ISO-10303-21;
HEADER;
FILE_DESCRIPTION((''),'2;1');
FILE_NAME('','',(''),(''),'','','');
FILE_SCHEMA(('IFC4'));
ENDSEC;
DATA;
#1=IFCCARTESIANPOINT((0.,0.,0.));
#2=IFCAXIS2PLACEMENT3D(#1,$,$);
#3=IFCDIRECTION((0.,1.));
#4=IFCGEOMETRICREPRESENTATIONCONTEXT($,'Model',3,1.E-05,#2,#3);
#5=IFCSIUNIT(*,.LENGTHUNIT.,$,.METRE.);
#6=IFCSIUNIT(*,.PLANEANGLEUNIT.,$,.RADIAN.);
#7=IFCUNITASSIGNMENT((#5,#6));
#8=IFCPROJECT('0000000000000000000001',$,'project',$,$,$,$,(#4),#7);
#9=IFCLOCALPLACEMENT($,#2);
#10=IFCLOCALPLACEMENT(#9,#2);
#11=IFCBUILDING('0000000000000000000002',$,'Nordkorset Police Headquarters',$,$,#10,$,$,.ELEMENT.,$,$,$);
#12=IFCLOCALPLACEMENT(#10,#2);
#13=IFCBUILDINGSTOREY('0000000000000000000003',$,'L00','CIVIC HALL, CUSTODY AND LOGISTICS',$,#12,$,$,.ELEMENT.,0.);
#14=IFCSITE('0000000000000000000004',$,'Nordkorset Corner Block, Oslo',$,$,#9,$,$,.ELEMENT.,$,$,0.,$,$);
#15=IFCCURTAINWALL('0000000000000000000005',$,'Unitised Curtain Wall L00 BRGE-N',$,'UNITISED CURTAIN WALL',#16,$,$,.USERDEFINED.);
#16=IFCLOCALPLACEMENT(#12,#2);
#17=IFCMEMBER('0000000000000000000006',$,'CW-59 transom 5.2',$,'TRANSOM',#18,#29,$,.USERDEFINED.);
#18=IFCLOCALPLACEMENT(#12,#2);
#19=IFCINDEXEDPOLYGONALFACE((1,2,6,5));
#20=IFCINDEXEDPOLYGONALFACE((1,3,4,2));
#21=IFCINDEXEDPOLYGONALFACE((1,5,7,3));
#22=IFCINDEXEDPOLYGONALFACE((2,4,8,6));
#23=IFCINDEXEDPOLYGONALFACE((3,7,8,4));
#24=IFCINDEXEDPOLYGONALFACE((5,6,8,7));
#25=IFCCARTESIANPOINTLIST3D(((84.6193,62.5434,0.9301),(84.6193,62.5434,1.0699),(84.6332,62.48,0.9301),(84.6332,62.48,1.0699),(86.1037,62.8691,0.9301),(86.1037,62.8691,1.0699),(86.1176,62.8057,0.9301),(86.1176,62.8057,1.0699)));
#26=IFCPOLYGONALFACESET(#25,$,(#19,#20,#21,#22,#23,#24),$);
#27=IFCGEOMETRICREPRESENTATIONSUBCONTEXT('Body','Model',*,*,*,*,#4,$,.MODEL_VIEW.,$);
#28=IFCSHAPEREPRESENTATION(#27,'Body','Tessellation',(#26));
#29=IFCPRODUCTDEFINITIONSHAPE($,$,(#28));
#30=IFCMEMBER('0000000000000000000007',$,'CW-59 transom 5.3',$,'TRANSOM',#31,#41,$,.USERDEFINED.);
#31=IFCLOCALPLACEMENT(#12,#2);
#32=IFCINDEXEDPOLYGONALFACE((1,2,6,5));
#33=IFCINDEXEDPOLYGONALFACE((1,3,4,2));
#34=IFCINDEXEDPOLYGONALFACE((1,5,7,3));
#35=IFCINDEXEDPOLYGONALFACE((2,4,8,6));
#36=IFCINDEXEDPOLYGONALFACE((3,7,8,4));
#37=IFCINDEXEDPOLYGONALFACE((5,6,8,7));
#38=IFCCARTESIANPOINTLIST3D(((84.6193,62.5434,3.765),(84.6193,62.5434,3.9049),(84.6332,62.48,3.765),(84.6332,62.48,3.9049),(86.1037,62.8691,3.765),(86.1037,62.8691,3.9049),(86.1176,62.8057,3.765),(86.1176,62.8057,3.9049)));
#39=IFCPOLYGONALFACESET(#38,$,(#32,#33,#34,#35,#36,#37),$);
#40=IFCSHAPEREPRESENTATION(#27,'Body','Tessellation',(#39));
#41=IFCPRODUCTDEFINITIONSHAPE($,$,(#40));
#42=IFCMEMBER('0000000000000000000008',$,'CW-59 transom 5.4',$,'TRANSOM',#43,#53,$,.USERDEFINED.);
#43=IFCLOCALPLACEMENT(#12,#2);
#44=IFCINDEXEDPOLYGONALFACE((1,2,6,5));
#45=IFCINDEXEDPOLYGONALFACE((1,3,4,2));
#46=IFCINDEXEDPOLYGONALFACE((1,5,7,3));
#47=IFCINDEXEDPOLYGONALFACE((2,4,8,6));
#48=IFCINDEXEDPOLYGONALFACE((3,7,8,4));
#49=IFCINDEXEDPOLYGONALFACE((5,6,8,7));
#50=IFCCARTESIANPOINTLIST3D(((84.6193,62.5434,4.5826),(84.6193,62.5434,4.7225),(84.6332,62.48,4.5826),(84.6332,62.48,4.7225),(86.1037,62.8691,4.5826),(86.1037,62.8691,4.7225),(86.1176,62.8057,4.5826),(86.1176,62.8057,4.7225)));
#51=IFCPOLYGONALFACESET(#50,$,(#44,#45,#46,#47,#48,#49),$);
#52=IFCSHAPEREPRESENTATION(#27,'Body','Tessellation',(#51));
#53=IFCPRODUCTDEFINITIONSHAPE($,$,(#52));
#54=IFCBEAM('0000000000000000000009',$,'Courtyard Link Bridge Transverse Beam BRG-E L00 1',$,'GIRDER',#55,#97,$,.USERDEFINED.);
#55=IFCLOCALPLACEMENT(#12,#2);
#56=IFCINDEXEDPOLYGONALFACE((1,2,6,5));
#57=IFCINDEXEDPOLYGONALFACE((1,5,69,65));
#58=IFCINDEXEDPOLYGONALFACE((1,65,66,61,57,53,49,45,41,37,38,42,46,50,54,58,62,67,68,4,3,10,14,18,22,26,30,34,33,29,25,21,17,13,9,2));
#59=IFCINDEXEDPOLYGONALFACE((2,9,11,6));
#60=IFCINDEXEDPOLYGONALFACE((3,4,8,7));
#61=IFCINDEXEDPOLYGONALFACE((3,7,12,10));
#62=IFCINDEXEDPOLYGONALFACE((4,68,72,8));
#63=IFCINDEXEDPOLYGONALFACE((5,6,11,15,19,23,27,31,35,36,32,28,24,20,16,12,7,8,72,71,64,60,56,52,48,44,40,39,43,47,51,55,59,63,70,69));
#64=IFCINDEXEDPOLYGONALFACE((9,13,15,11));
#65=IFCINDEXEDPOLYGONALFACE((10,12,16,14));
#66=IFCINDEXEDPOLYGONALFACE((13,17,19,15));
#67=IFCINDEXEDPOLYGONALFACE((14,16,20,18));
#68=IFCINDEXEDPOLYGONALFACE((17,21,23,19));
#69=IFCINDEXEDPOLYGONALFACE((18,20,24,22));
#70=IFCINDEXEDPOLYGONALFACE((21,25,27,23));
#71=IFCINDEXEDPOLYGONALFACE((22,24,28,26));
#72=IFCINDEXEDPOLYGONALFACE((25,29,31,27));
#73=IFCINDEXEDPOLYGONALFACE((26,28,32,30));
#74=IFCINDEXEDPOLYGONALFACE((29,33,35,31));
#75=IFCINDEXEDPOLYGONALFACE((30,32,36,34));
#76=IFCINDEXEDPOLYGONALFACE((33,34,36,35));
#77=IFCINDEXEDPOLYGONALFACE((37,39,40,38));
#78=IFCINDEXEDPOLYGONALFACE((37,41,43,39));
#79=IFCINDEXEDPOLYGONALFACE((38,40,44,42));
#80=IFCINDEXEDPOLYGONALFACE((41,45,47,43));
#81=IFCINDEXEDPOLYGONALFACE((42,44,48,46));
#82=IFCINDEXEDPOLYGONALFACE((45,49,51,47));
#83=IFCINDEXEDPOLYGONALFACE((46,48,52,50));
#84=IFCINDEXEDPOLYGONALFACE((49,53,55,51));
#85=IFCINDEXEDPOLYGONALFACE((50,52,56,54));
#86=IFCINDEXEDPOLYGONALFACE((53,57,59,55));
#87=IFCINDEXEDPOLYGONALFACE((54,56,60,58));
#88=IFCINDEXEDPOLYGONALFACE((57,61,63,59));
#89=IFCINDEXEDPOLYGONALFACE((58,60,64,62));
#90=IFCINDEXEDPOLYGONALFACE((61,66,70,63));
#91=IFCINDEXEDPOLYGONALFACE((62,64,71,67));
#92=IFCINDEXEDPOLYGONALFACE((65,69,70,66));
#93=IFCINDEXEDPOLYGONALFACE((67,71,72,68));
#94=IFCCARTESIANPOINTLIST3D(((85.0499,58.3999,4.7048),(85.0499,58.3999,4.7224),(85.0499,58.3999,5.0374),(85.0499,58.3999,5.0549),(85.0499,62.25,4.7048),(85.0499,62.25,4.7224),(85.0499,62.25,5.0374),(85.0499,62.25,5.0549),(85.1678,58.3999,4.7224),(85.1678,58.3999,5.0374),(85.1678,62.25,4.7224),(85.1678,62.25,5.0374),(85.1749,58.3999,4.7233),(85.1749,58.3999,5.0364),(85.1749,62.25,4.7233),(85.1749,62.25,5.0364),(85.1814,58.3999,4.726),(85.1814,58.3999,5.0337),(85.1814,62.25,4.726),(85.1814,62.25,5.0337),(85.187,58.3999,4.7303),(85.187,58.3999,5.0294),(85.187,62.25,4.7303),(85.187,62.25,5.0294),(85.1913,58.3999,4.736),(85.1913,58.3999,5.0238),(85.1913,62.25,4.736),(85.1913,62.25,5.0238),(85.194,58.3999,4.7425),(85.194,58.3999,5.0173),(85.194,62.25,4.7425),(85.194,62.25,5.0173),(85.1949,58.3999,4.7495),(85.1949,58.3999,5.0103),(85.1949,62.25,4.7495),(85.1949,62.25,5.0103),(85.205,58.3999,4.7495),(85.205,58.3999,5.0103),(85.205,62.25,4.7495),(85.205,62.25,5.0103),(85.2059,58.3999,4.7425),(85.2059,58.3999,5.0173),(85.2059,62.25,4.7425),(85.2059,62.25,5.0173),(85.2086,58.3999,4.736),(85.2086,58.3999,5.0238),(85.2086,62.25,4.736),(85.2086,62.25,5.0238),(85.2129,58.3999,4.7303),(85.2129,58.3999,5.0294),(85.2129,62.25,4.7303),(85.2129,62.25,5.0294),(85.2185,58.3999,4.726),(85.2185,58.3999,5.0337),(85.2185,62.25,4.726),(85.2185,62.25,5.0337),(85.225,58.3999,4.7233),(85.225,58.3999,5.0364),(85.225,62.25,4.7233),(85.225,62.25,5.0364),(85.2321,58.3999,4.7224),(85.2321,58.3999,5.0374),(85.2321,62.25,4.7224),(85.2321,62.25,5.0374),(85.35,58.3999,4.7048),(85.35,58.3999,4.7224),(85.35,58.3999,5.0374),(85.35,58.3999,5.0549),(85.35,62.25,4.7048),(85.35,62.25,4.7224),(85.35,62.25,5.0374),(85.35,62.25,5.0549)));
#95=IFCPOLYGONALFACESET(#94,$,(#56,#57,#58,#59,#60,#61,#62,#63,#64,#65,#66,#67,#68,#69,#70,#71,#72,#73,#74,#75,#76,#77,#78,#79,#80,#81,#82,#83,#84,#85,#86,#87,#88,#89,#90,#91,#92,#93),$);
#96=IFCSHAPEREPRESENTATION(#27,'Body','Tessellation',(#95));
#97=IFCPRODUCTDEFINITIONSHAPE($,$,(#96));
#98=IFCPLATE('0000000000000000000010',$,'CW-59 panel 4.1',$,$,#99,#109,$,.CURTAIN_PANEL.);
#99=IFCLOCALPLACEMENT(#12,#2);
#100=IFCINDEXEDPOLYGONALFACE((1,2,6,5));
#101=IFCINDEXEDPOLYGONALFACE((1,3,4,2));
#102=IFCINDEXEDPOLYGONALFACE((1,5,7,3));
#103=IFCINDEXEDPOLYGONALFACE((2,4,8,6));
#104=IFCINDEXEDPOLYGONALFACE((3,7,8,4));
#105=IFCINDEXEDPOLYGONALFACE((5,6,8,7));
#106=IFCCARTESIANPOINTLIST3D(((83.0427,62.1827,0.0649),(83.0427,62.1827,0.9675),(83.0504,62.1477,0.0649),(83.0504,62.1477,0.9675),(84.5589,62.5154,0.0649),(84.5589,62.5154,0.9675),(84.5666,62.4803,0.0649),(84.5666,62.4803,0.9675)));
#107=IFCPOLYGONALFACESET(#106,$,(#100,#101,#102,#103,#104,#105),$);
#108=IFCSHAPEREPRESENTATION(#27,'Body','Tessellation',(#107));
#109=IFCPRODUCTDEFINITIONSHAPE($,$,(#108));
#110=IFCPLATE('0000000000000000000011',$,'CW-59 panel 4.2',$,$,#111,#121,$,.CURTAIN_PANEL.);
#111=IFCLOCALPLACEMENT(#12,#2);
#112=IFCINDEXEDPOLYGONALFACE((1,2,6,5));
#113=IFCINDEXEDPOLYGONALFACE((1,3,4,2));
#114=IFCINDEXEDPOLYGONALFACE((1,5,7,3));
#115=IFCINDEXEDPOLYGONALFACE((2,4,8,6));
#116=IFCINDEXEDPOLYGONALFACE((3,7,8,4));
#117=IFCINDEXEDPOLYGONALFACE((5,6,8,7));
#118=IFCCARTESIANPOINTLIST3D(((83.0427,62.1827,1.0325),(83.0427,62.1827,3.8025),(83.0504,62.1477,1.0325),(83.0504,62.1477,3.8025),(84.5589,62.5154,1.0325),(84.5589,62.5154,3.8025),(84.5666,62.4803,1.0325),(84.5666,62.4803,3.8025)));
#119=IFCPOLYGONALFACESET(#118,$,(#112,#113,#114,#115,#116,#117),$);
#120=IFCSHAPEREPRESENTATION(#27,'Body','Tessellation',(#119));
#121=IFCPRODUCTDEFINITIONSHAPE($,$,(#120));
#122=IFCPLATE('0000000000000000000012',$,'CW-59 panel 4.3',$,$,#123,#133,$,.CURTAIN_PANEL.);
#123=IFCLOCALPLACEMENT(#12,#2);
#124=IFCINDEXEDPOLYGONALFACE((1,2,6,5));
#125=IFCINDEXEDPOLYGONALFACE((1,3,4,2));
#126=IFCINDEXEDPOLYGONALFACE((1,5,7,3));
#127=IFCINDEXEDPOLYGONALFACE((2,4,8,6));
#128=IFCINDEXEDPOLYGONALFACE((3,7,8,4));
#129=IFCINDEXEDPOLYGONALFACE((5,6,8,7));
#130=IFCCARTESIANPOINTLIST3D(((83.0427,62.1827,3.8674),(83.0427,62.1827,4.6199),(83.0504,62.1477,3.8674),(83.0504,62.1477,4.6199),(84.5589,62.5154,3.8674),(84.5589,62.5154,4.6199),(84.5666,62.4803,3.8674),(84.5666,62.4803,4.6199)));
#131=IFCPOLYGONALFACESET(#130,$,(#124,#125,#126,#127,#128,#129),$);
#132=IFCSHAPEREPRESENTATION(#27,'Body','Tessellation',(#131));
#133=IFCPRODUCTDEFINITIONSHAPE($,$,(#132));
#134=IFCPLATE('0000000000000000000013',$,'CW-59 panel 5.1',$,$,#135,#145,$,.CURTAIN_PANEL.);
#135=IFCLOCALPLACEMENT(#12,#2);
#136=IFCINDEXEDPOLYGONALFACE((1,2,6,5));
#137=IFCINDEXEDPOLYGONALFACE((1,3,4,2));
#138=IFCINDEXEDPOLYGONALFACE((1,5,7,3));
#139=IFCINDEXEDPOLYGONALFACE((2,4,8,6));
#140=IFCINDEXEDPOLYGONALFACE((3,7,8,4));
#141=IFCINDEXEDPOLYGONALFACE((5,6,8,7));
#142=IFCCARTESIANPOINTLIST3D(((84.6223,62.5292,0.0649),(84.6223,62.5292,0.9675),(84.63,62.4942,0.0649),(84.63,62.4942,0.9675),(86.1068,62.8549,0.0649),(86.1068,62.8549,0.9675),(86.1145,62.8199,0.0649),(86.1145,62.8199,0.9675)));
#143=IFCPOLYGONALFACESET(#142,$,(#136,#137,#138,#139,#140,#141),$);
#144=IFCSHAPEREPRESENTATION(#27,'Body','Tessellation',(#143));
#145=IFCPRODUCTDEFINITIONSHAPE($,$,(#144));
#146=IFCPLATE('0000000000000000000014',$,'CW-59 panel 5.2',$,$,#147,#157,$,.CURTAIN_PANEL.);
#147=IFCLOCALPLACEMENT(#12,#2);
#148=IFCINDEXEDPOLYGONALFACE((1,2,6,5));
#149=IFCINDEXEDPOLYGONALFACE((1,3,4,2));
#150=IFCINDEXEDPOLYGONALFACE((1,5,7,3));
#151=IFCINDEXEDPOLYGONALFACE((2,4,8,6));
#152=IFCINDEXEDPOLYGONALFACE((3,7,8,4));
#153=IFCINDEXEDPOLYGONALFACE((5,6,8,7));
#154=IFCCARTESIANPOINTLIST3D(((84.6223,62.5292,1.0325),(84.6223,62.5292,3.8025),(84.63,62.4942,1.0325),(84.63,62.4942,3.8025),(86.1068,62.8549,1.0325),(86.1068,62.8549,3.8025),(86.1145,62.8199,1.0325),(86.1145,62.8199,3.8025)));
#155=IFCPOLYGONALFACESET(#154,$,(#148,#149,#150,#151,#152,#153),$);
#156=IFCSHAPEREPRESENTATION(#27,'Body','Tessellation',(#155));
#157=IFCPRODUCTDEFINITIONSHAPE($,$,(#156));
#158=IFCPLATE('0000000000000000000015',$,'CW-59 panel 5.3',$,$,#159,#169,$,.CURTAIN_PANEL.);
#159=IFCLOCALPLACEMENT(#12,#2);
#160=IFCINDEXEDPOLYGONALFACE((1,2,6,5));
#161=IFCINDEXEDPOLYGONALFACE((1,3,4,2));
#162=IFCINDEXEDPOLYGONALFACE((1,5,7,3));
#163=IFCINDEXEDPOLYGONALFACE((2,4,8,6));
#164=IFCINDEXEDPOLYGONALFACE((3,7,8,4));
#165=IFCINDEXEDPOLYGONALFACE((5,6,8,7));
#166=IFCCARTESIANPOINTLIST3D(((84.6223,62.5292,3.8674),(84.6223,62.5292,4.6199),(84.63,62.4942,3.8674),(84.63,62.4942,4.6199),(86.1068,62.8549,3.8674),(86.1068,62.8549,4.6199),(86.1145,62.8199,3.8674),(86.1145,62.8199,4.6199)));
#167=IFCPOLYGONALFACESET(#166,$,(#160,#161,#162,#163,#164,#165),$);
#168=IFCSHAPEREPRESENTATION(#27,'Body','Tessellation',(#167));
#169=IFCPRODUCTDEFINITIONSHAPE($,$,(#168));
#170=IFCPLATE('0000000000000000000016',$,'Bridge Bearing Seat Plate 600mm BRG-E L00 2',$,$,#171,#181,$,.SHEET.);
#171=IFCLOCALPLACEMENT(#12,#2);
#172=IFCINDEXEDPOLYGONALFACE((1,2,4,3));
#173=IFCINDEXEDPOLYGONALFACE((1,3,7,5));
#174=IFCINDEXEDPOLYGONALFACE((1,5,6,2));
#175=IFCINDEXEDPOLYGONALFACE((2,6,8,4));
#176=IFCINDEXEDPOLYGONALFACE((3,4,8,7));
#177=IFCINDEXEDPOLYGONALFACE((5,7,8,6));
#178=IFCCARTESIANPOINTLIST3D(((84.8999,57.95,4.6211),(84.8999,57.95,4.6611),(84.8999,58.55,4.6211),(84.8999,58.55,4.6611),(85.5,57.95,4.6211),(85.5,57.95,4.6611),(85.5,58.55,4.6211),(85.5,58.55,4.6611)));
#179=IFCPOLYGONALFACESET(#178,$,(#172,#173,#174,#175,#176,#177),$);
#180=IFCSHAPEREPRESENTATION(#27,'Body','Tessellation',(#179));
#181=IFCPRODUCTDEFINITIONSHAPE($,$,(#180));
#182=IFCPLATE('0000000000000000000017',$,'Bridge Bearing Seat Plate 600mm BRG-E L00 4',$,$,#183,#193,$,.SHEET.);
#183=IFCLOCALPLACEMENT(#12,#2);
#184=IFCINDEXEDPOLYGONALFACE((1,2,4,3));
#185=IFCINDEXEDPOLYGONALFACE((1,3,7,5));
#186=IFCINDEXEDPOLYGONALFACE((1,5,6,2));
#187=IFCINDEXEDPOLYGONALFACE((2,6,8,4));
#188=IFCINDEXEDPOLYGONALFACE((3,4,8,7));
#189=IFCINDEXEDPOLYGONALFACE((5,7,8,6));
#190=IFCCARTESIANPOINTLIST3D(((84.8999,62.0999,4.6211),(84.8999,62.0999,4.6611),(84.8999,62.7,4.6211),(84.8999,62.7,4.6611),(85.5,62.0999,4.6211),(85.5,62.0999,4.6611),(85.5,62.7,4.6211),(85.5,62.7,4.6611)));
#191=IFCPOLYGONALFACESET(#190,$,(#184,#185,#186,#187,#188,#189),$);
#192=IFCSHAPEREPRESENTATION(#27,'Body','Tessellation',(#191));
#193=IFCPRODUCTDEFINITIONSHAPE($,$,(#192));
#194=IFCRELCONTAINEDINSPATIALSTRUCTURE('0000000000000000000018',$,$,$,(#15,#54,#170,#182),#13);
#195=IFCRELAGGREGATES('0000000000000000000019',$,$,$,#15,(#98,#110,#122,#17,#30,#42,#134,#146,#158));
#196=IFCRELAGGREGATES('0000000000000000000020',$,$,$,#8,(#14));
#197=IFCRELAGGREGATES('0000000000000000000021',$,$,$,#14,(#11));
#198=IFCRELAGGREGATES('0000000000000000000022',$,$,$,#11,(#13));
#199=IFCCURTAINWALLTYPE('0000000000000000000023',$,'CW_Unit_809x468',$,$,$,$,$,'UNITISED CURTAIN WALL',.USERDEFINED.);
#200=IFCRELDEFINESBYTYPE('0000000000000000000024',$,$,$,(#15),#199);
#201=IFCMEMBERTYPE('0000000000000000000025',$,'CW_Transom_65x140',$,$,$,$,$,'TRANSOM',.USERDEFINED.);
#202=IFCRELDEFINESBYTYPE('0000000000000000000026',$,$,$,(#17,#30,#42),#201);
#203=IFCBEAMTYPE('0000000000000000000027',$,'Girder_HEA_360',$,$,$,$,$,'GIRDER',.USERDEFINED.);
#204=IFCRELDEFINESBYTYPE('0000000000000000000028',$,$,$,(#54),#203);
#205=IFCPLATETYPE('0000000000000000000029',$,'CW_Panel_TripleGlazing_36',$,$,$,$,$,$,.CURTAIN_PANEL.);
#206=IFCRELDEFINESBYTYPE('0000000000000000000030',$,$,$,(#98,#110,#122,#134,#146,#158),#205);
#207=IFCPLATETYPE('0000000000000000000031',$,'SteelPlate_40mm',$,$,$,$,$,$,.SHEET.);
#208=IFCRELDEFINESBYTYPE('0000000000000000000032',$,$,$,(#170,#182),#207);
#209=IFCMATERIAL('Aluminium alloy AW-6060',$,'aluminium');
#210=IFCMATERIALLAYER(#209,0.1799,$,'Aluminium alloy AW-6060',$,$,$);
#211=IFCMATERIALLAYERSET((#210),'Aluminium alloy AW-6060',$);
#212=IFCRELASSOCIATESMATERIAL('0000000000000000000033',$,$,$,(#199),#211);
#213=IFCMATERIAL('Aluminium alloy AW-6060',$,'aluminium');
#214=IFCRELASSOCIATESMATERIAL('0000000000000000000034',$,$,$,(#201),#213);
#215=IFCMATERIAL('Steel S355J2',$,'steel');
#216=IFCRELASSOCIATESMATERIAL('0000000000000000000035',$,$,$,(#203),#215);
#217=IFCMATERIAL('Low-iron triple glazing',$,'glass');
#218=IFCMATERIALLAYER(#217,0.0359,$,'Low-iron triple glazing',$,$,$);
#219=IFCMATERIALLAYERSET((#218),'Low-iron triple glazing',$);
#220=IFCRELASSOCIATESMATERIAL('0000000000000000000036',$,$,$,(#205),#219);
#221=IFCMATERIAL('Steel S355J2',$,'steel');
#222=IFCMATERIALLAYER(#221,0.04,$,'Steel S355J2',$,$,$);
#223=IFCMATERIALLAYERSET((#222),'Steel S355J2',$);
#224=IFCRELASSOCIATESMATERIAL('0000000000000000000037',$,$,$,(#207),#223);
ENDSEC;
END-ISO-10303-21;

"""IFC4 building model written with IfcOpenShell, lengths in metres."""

from ifc_helpers import new_model, si_unit, direction, frame, origin, origin_2d, place, context, subcontext, project, spatial, rectangle, i_section, extrude, material, layer, layer_set, material_profile, profile_set, type_object, element, aggregate, save


model = new_model("IFC4")

# Units and contexts
model_context = context("Model", 3, precision=1e-05, world=origin(), true_north=direction((0.0, 1.0)))
body_context = subcontext(model_context, "Body", "Model", "MODEL_VIEW")
ifc_project = project(units=[si_unit("LENGTHUNIT", "METRE"), si_unit("PLANEANGLEUNIT", "RADIAN")], contexts=[model_context])

# Site, building, storey
site_placement = place(None, origin())
site = spatial("IfcSite", under=ifc_project, at=site_placement, Name="Nordkorset Corner Block, Oslo", CompositionType="ELEMENT", RefElevation=0.0)
building_placement = place(site_placement, origin())
building = spatial("IfcBuilding", under=site, at=building_placement, Name="Nordkorset Police Headquarters", CompositionType="ELEMENT")
storey_placement = place(building_placement, origin())
storey = spatial("IfcBuildingStorey", under=building, at=storey_placement, Name="L00", Description="CIVIC HALL, CUSTODY AND LOGISTICS", CompositionType="ELEMENT", Elevation=0.0)

# Curtain wall, members
ifc_material_1 = material(Name="Aluminium alloy AW-6060", Category="aluminium")
ifc_layer_1 = layer(ifc_material_1, 0.1799, Name="Aluminium alloy AW-6060")
ifc_layer_set_1 = layer_set([ifc_layer_1], Name="Aluminium alloy AW-6060")
curtain_wall_type = type_object("IfcCurtainWallType", Name="CW_Unit_809x468", ElementType="UNITISED CURTAIN WALL", PredefinedType="USERDEFINED", material=ifc_layer_set_1)
curtain_wall_placement = place(storey_placement, origin())
curtain_wall = element("IfcCurtainWall", 1, at=curtain_wall_placement, inside=storey, type_object=curtain_wall_type, Name="Unitised Curtain Wall L00 BRGE-N", ObjectType="UNITISED CURTAIN WALL", PredefinedType="USERDEFINED")
ifc_material_2 = material(Name="Aluminium alloy AW-6060", Category="aluminium")
ifc_material_profile_1 = material_profile(ifc_material_2, rectangle(XDim=0.0649, YDim=0.1399, at=origin_2d()), Name="ALU TRAN 65x140")
ifc_profile_set_1 = profile_set([ifc_material_profile_1], Name="Aluminium alloy AW-6060")
member_type_1 = type_object("IfcMemberType", Name="CW_Transom_65x140", ElementType="TRANSOM", PredefinedType="USERDEFINED", material=ifc_profile_set_1)
member_1_placement = place(storey_placement, frame((84.6262, 62.5117, 1.0), z_axis=(0.976766, 0.21431, 0.0), x_axis=(-0.21431, 0.976766, 0.0)))
member_1 = element("IfcMember", 2, at=member_1_placement, type_object=member_type_1, Name="CW-59 transom 5.2", ObjectType="TRANSOM", PredefinedType="USERDEFINED", context=body_context, shape_type="SweptSolid", body=[
    extrude(rectangle(XDim=0.0649, YDim=0.1399, at=origin_2d()), origin(), (0.0, 0.0, 1.0), 1.5198),
])
member_2_placement = place(storey_placement, frame((84.6262, 62.5117, 3.835), z_axis=(0.976766, 0.21431, 0.0), x_axis=(-0.21431, 0.976766, 0.0)))
member_2 = element("IfcMember", 3, at=member_2_placement, type_object=member_type_1, Name="CW-59 transom 5.3", ObjectType="TRANSOM", PredefinedType="USERDEFINED", context=body_context, shape_type="SweptSolid", body=[
    extrude(rectangle(XDim=0.0649, YDim=0.1399, at=origin_2d()), origin(), (0.0, 0.0, 1.0), 1.5198),
])
member_3_placement = place(storey_placement, frame((84.6262, 62.5117, 4.6526), z_axis=(0.976766, 0.21431, 0.0), x_axis=(-0.21431, 0.976766, 0.0)))
member_3 = element("IfcMember", 4, at=member_3_placement, type_object=member_type_1, Name="CW-59 transom 5.4", ObjectType="TRANSOM", PredefinedType="USERDEFINED", context=body_context, shape_type="SweptSolid", body=[
    extrude(rectangle(XDim=0.0649, YDim=0.1399, at=origin_2d()), origin(), (0.0, 0.0, 1.0), 1.5198),
])

# Beam
ifc_material_3 = material(Name="Steel S355J2", Category="steel")
ifc_material_profile_2 = material_profile(ifc_material_3, i_section(OverallWidth=0.3, OverallDepth=0.3501, WebThickness=0.01, FlangeThickness=0.0176, FilletRadius=0.0271, at=origin_2d()), Name="HEA 360")
ifc_profile_set_2 = profile_set([ifc_material_profile_2], Name="Steel S355J2")
beam_type = type_object("IfcBeamType", Name="Girder_HEA_360", ElementType="GIRDER", PredefinedType="USERDEFINED", material=ifc_profile_set_2)
beam_placement = place(storey_placement, frame((85.2, 58.3999, 4.8799), z_axis=(0.0, 1.0, 0.0), x_axis=(-1.0, 0.0, 0.0)))
element("IfcBeam", 5, at=beam_placement, inside=storey, type_object=beam_type, Name="Courtyard Link Bridge Transverse Beam BRG-E L00 1", ObjectType="GIRDER", PredefinedType="USERDEFINED", context=body_context, shape_type="SweptSolid", body=[
    extrude(i_section(OverallWidth=0.3, OverallDepth=0.3501, WebThickness=0.01, FlangeThickness=0.0176, FilletRadius=0.0271, at=origin_2d()), origin(), (0.0, 0.0, 1.0), 3.8501),
])

# Plates
ifc_material_4 = material(Name="Low-iron triple glazing", Category="glass")
ifc_layer_2 = layer(ifc_material_4, 0.0359, Name="Low-iron triple glazing")
ifc_layer_set_2 = layer_set([ifc_layer_2], Name="Low-iron triple glazing")
plate_type_1 = type_object("IfcPlateType", Name="CW_Panel_TripleGlazing_36", PredefinedType="CURTAIN_PANEL", material=ifc_layer_set_2)
plate_1_placement = place(storey_placement, frame((83.8047, 62.3315, 0.0649), z_axis=(0.0, 0.0, 1.0), x_axis=(0.976768, 0.214298, 0.0)))
plate_1 = element("IfcPlate", 6, at=plate_1_placement, type_object=plate_type_1, Name="CW-59 panel 4.1", PredefinedType="CURTAIN_PANEL", context=body_context, shape_type="SweptSolid", body=[
    extrude(rectangle(XDim=1.5522, YDim=0.0359, at=origin_2d()), origin(), (0.0, 0.0, 1.0), 0.9026),
])
plate_2_placement = place(storey_placement, frame((83.8047, 62.3315, 1.0325), z_axis=(0.0, 0.0, 1.0), x_axis=(0.976768, 0.214298, 0.0)))
plate_2 = element("IfcPlate", 7, at=plate_2_placement, type_object=plate_type_1, Name="CW-59 panel 4.2", PredefinedType="CURTAIN_PANEL", context=body_context, shape_type="SweptSolid", body=[
    extrude(rectangle(XDim=1.5522, YDim=0.0359, at=origin_2d()), origin(), (0.0, 0.0, 1.0), 2.77),
])
plate_3_placement = place(storey_placement, frame((83.8047, 62.3315, 3.8674), z_axis=(0.0, 0.0, 1.0), x_axis=(0.976768, 0.214298, 0.0)))
plate_3 = element("IfcPlate", 8, at=plate_3_placement, type_object=plate_type_1, Name="CW-59 panel 4.3", PredefinedType="CURTAIN_PANEL", context=body_context, shape_type="SweptSolid", body=[
    extrude(rectangle(XDim=1.5522, YDim=0.0359, at=origin_2d()), origin(), (0.0, 0.0, 1.0), 0.7524),
])
plate_4_placement = place(storey_placement, frame((85.3684, 62.6746, 0.0649), z_axis=(0.0, 0.0, 1.0), x_axis=(0.976768, 0.214298, 0.0)))
plate_4 = element("IfcPlate", 9, at=plate_4_placement, type_object=plate_type_1, Name="CW-59 panel 5.1", PredefinedType="CURTAIN_PANEL", context=body_context, shape_type="SweptSolid", body=[
    extrude(rectangle(XDim=1.5198, YDim=0.0359, at=origin_2d()), origin(), (0.0, 0.0, 1.0), 0.9026),
])
plate_5_placement = place(storey_placement, frame((85.3684, 62.6746, 1.0325), z_axis=(0.0, 0.0, 1.0), x_axis=(0.976768, 0.214298, 0.0)))
plate_5 = element("IfcPlate", 10, at=plate_5_placement, type_object=plate_type_1, Name="CW-59 panel 5.2", PredefinedType="CURTAIN_PANEL", context=body_context, shape_type="SweptSolid", body=[
    extrude(rectangle(XDim=1.5198, YDim=0.0359, at=origin_2d()), origin(), (0.0, 0.0, 1.0), 2.77),
])
plate_6_placement = place(storey_placement, frame((85.3684, 62.6746, 3.8674), z_axis=(0.0, 0.0, 1.0), x_axis=(0.976768, 0.214298, 0.0)))
plate_6 = element("IfcPlate", 11, at=plate_6_placement, type_object=plate_type_1, Name="CW-59 panel 5.3", PredefinedType="CURTAIN_PANEL", context=body_context, shape_type="SweptSolid", body=[
    extrude(rectangle(XDim=1.5198, YDim=0.0359, at=origin_2d()), origin(), (0.0, 0.0, 1.0), 0.7524),
])
aggregate(curtain_wall, [plate_1, plate_2, plate_3, member_1, member_2, member_3, plate_4, plate_5, plate_6])

# Plates
ifc_material_5 = material(Name="Steel S355J2", Category="steel")
ifc_layer_3 = layer(ifc_material_5, 0.04, Name="Steel S355J2")
ifc_layer_set_3 = layer_set([ifc_layer_3], Name="Steel S355J2")
plate_type_2 = type_object("IfcPlateType", Name="SteelPlate_40mm", PredefinedType="SHEET", material=ifc_layer_set_3)
for number, where, z_axis, x_axis, name in (
    (12, (85.2, 58.25, 4.6211), (0.0, 0.0, 1.0), (1.0, 0.0, 0.0), "Bridge Bearing Seat Plate 600mm BRG-E L00 2"),
    (13, (85.2, 62.3999, 4.6211), (0.0, 0.0, 1.0), (1.0, 0.0, 0.0), "Bridge Bearing Seat Plate 600mm BRG-E L00 4"),
):
    element("IfcPlate", number, at=place(storey_placement, frame(where, z_axis=z_axis, x_axis=x_axis)), inside=storey, type_object=plate_type_2, Name=name, PredefinedType="SHEET", context=body_context, shape_type="SweptSolid", body=[
        extrude(rectangle(XDim=0.6001, YDim=0.6001, at=origin_2d()), origin(), (0.0, 0.0, 1.0), 0.04),
    ])

save(model, "model.ifc")
